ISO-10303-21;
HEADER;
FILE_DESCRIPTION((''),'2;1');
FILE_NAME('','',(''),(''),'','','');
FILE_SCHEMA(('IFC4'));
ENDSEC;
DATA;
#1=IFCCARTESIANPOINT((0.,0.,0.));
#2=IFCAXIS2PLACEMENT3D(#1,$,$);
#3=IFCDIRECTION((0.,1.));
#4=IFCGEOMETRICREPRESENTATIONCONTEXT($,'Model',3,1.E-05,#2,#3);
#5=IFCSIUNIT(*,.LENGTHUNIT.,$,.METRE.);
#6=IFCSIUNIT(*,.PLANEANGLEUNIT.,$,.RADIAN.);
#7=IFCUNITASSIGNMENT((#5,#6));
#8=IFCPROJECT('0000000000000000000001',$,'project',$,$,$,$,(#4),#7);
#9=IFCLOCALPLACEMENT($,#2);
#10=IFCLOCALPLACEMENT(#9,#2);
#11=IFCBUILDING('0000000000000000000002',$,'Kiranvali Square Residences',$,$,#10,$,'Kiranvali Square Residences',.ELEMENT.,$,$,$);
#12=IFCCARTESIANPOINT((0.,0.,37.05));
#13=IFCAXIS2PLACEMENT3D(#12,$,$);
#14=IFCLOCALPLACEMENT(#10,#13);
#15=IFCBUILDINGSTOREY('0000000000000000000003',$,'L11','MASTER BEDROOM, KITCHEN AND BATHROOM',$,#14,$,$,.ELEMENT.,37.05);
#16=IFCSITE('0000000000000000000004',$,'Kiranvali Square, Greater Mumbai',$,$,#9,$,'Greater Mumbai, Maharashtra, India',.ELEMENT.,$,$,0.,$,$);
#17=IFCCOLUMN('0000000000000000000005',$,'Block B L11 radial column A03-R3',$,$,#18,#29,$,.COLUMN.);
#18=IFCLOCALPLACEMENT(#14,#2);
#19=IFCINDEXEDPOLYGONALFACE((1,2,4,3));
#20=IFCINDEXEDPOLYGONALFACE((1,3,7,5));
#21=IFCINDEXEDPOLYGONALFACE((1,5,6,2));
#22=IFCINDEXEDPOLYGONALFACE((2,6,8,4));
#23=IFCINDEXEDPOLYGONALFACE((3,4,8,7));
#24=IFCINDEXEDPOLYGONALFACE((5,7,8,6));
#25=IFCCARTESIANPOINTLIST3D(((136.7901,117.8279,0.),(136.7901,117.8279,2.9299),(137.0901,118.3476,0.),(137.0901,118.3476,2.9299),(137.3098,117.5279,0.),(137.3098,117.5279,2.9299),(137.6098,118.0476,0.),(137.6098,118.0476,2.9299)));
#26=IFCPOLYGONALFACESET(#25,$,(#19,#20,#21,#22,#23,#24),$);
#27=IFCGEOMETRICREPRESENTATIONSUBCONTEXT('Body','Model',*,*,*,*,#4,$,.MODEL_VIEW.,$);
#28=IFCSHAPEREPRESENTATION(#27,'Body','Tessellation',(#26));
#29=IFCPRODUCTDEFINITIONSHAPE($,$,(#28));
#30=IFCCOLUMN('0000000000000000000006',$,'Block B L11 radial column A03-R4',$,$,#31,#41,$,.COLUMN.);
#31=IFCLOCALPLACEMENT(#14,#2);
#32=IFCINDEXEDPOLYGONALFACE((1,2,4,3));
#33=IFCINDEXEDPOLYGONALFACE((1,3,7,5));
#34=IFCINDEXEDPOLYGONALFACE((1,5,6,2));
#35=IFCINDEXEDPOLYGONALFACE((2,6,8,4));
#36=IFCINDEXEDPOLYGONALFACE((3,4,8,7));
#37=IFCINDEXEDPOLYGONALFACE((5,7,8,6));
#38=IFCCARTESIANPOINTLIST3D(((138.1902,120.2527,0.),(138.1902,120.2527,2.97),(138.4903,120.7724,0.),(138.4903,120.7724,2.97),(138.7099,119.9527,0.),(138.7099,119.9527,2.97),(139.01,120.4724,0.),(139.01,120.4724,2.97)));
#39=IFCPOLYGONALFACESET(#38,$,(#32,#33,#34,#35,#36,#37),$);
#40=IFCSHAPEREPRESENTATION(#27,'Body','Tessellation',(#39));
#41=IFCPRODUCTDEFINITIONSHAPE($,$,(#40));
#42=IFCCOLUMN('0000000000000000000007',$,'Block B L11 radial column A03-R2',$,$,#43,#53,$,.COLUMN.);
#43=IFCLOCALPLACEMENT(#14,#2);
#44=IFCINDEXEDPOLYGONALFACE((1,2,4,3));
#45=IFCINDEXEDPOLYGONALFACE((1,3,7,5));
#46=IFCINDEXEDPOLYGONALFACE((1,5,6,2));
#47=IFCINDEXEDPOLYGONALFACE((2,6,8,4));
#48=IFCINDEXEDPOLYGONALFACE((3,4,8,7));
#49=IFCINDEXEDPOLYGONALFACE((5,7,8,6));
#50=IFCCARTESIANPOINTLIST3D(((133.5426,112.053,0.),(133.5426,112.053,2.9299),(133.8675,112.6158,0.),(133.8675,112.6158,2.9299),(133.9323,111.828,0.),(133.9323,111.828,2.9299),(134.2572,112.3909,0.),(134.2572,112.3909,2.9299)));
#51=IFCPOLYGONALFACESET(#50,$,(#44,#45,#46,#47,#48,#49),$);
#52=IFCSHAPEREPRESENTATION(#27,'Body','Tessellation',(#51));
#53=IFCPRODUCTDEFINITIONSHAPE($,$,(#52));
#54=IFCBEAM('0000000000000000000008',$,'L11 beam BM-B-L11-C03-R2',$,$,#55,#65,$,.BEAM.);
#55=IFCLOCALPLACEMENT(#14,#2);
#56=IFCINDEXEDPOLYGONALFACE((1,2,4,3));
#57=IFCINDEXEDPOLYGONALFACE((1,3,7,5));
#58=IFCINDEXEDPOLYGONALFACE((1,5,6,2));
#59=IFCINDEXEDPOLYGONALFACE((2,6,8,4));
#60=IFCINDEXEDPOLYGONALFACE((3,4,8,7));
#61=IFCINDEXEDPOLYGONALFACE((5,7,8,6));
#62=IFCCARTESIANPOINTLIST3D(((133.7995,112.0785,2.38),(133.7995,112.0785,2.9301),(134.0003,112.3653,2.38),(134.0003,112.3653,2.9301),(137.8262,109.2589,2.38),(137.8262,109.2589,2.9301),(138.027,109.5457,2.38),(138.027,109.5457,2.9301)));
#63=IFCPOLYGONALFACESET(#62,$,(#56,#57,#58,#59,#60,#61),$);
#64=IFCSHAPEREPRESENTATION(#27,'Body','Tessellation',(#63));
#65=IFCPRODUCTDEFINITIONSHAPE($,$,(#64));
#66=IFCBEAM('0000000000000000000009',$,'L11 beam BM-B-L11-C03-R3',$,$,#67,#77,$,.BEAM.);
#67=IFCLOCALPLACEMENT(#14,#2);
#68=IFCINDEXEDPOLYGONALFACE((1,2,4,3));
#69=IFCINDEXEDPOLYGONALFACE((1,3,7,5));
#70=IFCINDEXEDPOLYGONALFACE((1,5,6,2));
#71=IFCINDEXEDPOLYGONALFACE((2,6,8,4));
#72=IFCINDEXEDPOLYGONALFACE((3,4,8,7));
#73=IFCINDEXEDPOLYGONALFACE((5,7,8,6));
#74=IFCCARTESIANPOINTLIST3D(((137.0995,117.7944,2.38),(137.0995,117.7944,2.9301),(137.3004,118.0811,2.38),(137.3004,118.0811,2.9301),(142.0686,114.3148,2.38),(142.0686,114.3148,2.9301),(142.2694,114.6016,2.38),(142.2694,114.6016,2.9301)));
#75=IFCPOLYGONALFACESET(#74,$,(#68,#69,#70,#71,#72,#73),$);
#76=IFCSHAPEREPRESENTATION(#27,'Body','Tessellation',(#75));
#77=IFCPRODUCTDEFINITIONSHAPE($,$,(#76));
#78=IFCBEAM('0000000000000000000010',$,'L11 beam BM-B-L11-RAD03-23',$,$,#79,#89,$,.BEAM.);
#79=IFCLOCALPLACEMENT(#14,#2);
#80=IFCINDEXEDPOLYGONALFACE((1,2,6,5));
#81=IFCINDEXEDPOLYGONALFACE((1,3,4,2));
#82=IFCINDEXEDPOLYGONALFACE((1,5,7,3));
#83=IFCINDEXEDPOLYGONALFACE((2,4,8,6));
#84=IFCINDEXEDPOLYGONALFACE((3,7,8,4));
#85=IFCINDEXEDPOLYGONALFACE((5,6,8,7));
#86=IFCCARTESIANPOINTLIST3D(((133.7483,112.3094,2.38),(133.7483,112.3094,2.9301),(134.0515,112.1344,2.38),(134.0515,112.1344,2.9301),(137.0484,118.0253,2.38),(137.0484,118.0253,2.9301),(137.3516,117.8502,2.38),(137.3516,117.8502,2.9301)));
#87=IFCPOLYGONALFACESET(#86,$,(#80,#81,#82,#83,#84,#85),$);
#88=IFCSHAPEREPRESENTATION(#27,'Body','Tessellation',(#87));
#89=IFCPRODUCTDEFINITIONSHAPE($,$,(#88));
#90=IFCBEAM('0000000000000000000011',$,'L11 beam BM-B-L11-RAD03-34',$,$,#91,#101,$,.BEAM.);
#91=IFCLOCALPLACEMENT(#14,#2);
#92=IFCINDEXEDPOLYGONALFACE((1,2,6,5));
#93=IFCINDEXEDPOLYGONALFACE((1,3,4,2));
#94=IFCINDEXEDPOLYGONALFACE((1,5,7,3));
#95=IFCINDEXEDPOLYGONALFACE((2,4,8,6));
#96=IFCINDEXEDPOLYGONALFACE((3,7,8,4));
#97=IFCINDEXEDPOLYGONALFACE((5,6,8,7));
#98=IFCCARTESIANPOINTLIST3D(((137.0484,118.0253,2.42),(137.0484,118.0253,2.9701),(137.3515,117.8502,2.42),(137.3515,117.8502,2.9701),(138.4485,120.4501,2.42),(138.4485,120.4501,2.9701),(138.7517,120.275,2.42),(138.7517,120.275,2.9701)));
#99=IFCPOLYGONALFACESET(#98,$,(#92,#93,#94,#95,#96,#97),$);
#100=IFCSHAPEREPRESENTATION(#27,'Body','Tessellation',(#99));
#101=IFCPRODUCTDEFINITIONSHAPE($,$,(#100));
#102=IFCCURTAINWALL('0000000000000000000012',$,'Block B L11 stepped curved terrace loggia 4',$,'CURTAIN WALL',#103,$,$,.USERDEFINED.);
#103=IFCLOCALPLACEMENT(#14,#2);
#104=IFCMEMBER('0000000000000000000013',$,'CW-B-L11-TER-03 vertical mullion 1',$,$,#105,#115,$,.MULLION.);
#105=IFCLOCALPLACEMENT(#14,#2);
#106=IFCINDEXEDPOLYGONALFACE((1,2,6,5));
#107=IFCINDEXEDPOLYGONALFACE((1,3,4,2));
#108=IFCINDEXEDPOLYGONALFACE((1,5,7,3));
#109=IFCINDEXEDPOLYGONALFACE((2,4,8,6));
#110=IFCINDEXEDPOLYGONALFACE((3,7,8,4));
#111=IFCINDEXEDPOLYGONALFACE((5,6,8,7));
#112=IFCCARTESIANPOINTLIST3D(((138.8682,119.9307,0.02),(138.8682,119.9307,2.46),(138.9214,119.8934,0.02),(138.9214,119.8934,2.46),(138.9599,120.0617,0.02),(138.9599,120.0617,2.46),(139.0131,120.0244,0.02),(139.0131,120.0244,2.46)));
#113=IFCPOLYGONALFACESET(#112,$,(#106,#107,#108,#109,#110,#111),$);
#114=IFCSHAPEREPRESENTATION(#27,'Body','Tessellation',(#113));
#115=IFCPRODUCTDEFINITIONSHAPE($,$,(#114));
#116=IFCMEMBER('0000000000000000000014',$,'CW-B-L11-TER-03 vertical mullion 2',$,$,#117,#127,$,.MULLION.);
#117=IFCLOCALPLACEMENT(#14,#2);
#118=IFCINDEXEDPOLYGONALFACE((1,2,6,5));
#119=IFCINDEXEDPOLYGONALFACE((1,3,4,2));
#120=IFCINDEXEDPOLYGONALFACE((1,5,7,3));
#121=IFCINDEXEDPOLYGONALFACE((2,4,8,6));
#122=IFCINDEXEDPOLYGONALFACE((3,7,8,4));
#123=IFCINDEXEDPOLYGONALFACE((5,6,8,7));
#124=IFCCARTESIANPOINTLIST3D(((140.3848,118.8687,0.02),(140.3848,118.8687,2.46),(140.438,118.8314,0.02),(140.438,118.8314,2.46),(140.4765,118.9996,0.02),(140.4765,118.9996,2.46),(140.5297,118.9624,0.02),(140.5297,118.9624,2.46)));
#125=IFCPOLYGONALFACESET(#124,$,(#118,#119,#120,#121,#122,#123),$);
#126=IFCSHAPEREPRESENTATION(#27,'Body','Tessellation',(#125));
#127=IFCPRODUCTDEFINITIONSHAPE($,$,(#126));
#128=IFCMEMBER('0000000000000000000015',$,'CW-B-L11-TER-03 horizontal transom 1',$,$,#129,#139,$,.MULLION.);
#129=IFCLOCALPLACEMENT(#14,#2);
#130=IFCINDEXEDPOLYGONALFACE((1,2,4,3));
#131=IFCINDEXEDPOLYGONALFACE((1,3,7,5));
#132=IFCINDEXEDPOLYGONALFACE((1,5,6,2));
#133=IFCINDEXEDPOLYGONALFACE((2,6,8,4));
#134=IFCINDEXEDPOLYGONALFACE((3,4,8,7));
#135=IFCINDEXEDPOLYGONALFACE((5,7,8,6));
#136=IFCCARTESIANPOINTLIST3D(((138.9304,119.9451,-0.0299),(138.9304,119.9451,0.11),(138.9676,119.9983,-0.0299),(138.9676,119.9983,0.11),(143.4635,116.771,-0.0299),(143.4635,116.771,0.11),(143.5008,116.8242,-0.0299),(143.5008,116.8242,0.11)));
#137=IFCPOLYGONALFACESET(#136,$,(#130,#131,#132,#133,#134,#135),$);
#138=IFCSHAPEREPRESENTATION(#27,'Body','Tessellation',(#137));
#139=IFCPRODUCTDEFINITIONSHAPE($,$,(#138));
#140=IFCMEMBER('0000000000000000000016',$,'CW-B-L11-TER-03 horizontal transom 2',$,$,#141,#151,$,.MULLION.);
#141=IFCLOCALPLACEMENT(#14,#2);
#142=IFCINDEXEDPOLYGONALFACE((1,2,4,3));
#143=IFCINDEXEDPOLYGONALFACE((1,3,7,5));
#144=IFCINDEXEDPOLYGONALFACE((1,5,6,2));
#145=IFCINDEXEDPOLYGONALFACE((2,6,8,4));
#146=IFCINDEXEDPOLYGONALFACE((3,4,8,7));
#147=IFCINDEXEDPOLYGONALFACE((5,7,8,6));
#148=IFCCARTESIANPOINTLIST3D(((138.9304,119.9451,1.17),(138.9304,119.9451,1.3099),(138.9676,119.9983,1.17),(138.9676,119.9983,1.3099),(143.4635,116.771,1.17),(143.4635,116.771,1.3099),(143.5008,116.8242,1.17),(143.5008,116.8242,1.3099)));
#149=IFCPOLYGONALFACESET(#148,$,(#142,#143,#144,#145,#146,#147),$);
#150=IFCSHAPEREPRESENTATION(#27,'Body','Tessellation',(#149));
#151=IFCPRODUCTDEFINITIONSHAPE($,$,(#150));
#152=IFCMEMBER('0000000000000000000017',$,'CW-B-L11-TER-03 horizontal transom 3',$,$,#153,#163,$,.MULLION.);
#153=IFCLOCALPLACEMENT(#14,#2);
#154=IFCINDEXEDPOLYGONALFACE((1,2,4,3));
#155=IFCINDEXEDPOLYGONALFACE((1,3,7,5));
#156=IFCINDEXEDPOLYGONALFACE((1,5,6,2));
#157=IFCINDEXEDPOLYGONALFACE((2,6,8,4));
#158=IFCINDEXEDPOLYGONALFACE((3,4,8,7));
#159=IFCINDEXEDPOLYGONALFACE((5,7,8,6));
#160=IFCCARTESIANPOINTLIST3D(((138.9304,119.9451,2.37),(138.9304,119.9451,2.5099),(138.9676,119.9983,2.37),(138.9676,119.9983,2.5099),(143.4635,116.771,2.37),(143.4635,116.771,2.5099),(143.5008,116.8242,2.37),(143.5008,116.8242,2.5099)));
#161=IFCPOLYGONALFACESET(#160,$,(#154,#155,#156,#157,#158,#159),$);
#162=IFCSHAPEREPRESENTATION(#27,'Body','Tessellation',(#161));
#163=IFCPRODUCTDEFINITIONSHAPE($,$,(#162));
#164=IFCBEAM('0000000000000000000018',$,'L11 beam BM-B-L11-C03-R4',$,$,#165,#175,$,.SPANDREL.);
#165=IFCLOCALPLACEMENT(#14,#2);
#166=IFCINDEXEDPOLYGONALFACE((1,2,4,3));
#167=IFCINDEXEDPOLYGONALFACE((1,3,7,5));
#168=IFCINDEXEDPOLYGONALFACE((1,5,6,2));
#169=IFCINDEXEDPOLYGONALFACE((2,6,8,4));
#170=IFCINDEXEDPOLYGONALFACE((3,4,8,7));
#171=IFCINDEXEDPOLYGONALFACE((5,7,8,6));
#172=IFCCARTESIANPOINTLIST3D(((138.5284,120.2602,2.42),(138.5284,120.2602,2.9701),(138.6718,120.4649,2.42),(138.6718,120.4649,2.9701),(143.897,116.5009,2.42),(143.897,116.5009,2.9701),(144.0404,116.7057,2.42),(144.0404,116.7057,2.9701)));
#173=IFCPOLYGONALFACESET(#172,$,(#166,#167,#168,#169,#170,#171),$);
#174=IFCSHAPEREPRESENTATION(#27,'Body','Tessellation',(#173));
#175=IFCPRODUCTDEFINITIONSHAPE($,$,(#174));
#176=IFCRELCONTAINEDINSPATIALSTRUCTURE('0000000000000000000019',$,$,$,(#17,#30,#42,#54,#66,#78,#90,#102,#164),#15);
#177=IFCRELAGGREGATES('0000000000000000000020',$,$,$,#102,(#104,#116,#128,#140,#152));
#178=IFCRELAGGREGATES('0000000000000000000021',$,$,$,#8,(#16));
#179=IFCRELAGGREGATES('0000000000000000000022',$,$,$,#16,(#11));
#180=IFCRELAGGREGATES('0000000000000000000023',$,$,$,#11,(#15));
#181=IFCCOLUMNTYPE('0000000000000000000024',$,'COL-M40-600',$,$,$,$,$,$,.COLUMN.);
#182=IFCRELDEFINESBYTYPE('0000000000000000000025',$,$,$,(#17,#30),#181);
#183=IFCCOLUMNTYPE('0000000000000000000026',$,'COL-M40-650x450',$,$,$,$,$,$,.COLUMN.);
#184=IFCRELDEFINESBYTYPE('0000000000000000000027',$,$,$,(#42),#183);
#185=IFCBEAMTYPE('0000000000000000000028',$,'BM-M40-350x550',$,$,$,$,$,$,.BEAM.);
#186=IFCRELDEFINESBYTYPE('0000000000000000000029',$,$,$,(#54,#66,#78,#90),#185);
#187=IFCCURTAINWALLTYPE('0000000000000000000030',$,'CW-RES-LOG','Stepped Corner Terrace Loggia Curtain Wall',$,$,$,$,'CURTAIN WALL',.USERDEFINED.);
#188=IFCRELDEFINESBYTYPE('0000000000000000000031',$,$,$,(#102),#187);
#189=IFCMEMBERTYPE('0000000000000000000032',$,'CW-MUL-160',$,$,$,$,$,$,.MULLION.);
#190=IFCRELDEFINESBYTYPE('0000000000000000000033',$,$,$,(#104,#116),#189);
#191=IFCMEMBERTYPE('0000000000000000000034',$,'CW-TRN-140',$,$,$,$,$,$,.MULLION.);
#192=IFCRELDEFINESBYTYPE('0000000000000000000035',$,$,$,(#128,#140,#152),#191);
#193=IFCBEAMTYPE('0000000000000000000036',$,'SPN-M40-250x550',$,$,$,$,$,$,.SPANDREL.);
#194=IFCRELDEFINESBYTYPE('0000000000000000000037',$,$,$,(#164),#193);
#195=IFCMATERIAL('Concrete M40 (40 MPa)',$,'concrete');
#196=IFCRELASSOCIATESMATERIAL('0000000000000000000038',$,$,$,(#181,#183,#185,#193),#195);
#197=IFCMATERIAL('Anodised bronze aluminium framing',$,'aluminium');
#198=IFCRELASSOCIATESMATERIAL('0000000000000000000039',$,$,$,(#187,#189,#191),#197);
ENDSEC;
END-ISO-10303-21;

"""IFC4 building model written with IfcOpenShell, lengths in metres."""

from ifc_helpers import new_model, si_unit, direction, frame, origin, origin_2d, place, context, subcontext, project, spatial, rectangle, extrude, material, material_profile, profile_set, type_object, element, aggregate, save


model = new_model("IFC4")

# Units and contexts
model_context = context("Model", 3, precision=1e-05, world=origin(), true_north=direction((0.0, 1.0)))
body_context = subcontext(model_context, "Body", "Model", "MODEL_VIEW")
ifc_project = project(units=[si_unit("LENGTHUNIT", "METRE"), si_unit("PLANEANGLEUNIT", "RADIAN")], contexts=[model_context])

# Site, building, storey
site_placement = place(None, origin())
site = spatial("IfcSite", under=ifc_project, at=site_placement, Name="Kiranvali Square, Greater Mumbai", LongName="Greater Mumbai, Maharashtra, India", CompositionType="ELEMENT", RefElevation=0.0)
building_placement = place(site_placement, origin())
building = spatial("IfcBuilding", under=site, at=building_placement, Name="Kiranvali Square Residences", LongName="Kiranvali Square Residences", CompositionType="ELEMENT")
storey_placement = place(building_placement, frame((0.0, 0.0, 37.05)))
storey = spatial("IfcBuildingStorey", under=building, at=storey_placement, Name="L11", Description="MASTER BEDROOM, KITCHEN AND BATHROOM", CompositionType="ELEMENT", Elevation=37.05)

# Columns
ifc_material_1 = material(Name="Concrete M40 (40 MPa)", Category="concrete")
ifc_material_profile_1 = material_profile(ifc_material_1, rectangle(XDim=0.6001, YDim=0.6001, at=origin_2d()), Name="RC 600x600")
ifc_profile_set_1 = profile_set([ifc_material_profile_1], Name="Concrete M40 (40 MPa)")
column_type_1 = type_object("IfcColumnType", Name="COL-M40-600", PredefinedType="COLUMN", material=ifc_profile_set_1)
column_1_placement = place(storey_placement, frame((137.2, 117.9377, 0.0), z_axis=(0.0, 0.0, 1.0), x_axis=(-0.866025, 0.5, 0.0)))
element("IfcColumn", 1, at=column_1_placement, inside=storey, type_object=column_type_1, Name="Block B L11 radial column A03-R3", PredefinedType="COLUMN", context=body_context, shape_type="SweptSolid", body=[
    extrude(rectangle(XDim=0.6001, YDim=0.6001, at=origin_2d()), origin(), (0.0, 0.0, 1.0), 2.9299),
])
column_2_placement = place(storey_placement, frame((138.6001, 120.3625, 0.0), z_axis=(0.0, 0.0, 1.0), x_axis=(-0.866025, 0.5, 0.0)))
element("IfcColumn", 2, at=column_2_placement, inside=storey, type_object=column_type_1, Name="Block B L11 radial column A03-R4", PredefinedType="COLUMN", context=body_context, shape_type="SweptSolid", body=[
    extrude(rectangle(XDim=0.6001, YDim=0.6001, at=origin_2d()), origin(), (0.0, 0.0, 1.0), 2.97),
])
ifc_material_profile_2 = material_profile(ifc_material_1, rectangle(XDim=0.45, YDim=0.6499, at=origin_2d()), Name="RC 650x450")
ifc_profile_set_2 = profile_set([ifc_material_profile_2], Name="Concrete M40 (40 MPa)")
column_type_2 = type_object("IfcColumnType", Name="COL-M40-650x450", PredefinedType="COLUMN", material=ifc_profile_set_2)
column_3_placement = place(storey_placement, frame((133.8999, 112.2219, 0.0), z_axis=(0.0, 0.0, 1.0), x_axis=(-0.866025, 0.5, 0.0)))
element("IfcColumn", 3, at=column_3_placement, inside=storey, type_object=column_type_2, Name="Block B L11 radial column A03-R2", PredefinedType="COLUMN", context=body_context, shape_type="SweptSolid", body=[
    extrude(rectangle(XDim=0.45, YDim=0.6499, at=origin_2d()), origin(), (0.0, 0.0, 1.0), 2.9299),
])

# Beams
ifc_material_profile_3 = material_profile(ifc_material_1, rectangle(XDim=0.3501, YDim=0.55, at=origin_2d()), Name="RC 350x550")
ifc_profile_set_3 = profile_set([ifc_material_profile_3], Name="Concrete M40 (40 MPa)")
beam_type_1 = type_object("IfcBeamType", Name="BM-M40-350x550", PredefinedType="BEAM", material=ifc_profile_set_3)
beam_1_placement = place(storey_placement, frame((133.8999, 112.2219, 2.655), z_axis=(0.819141, -0.573592, 0.0), x_axis=(0.573592, 0.819141, 0.0)))
element("IfcBeam", 4, at=beam_1_placement, inside=storey, type_object=beam_type_1, Name="L11 beam BM-B-L11-C03-R2", PredefinedType="BEAM", context=body_context, shape_type="SweptSolid", body=[
    extrude(rectangle(XDim=0.3501, YDim=0.55, at=origin_2d()), origin(), (0.0, 0.0, 1.0), 4.9158),
])
beam_2_placement = place(storey_placement, frame((137.2, 117.9377, 2.655), z_axis=(0.819139, -0.573595, 0.0), x_axis=(0.573595, 0.819139, 0.0)))
element("IfcBeam", 5, at=beam_2_placement, inside=storey, type_object=beam_type_1, Name="L11 beam BM-B-L11-C03-R3", PredefinedType="BEAM", context=body_context, shape_type="SweptSolid", body=[
    extrude(rectangle(XDim=0.3501, YDim=0.55, at=origin_2d()), origin(), (0.0, 0.0, 1.0), 6.0662),
])
beam_3_placement = place(storey_placement, frame((133.8999, 112.2219, 2.655), z_axis=(0.500002, 0.866024, 0.0), x_axis=(-0.866024, 0.500002, 0.0)))
element("IfcBeam", 6, at=beam_3_placement, inside=storey, type_object=beam_type_1, Name="L11 beam BM-B-L11-RAD03-23", PredefinedType="BEAM", context=body_context, shape_type="SweptSolid", body=[
    extrude(rectangle(XDim=0.3501, YDim=0.55, at=origin_2d()), origin(), (0.0, 0.0, 1.0), 6.6001),
])
beam_4_placement = place(storey_placement, frame((137.2, 117.9377, 2.6951), z_axis=(0.50005, 0.865997, 0.0), x_axis=(-0.865997, 0.50005, 0.0)))
element("IfcBeam", 7, at=beam_4_placement, inside=storey, type_object=beam_type_1, Name="L11 beam BM-B-L11-RAD03-34", PredefinedType="BEAM", context=body_context, shape_type="SweptSolid", body=[
    extrude(rectangle(XDim=0.3501, YDim=0.55, at=origin_2d()), origin(), (0.0, 0.0, 1.0), 2.8),
])

# Curtain wall, members
ifc_material_2 = material(Name="Anodised bronze aluminium framing", Category="aluminium")
curtain_wall_type = type_object("IfcCurtainWallType", Name="CW-RES-LOG", Description="Stepped Corner Terrace Loggia Curtain Wall", ElementType="CURTAIN WALL", PredefinedType="USERDEFINED", material=ifc_material_2)
curtain_wall_placement = place(storey_placement, origin())
curtain_wall = element("IfcCurtainWall", 8, at=curtain_wall_placement, inside=storey, type_object=curtain_wall_type, Name="Block B L11 stepped curved terrace loggia 4", ObjectType="CURTAIN WALL", PredefinedType="USERDEFINED")
ifc_material_profile_4 = material_profile(ifc_material_2, rectangle(XDim=0.0649, YDim=0.1599, at=origin_2d()), Name="ALU 65x160")
ifc_profile_set_4 = profile_set([ifc_material_profile_4], Name="Anodised bronze aluminium framing")
member_type_1 = type_object("IfcMemberType", Name="CW-MUL-160", PredefinedType="MULLION", material=ifc_profile_set_4)
member_1_placement = place(storey_placement, frame((138.9407, 119.9775, 0.02), z_axis=(0.0, 0.0, 1.0), x_axis=(0.819152, -0.573576, 0.0)))
member_1 = element("IfcMember", 9, at=member_1_placement, type_object=member_type_1, Name="CW-B-L11-TER-03 vertical mullion 1", PredefinedType="MULLION", context=body_context, shape_type="SweptSolid", body=[
    extrude(rectangle(XDim=0.0649, YDim=0.1599, at=origin_2d()), origin(), (0.0, 0.0, 1.0), 2.4399),
])
member_2_placement = place(storey_placement, frame((140.4573, 118.9155, 0.02), z_axis=(0.0, 0.0, 1.0), x_axis=(0.819152, -0.573576, 0.0)))
member_2 = element("IfcMember", 10, at=member_2_placement, type_object=member_type_1, Name="CW-B-L11-TER-03 vertical mullion 2", PredefinedType="MULLION", context=body_context, shape_type="SweptSolid", body=[
    extrude(rectangle(XDim=0.0649, YDim=0.1599, at=origin_2d()), origin(), (0.0, 0.0, 1.0), 2.4399),
])
ifc_material_profile_5 = material_profile(ifc_material_2, rectangle(XDim=0.0649, YDim=0.1399, at=origin_2d()), Name="ALU 65x140")
ifc_profile_set_5 = profile_set([ifc_material_profile_5], Name="Anodised bronze aluminium framing")
member_type_2 = type_object("IfcMemberType", Name="CW-TRN-140", PredefinedType="MULLION", material=ifc_profile_set_5)
member_3_placement = place(storey_placement, frame((138.949, 119.9717, 0.04), z_axis=(0.819161, -0.573563, 0.0), x_axis=(0.573563, 0.819161, 0.0)))
member_3 = element("IfcMember", 11, at=member_3_placement, type_object=member_type_2, Name="CW-B-L11-TER-03 horizontal transom 1", PredefinedType="MULLION", context=body_context, shape_type="SweptSolid", body=[
    extrude(rectangle(XDim=0.0649, YDim=0.1399, at=origin_2d()), origin(), (0.0, 0.0, 1.0), 5.5339),
])
member_4_placement = place(storey_placement, frame((138.949, 119.9717, 1.24), z_axis=(0.819161, -0.573563, 0.0), x_axis=(0.573563, 0.819161, 0.0)))
member_4 = element("IfcMember", 12, at=member_4_placement, type_object=member_type_2, Name="CW-B-L11-TER-03 horizontal transom 2", PredefinedType="MULLION", context=body_context, shape_type="SweptSolid", body=[
    extrude(rectangle(XDim=0.0649, YDim=0.1399, at=origin_2d()), origin(), (0.0, 0.0, 1.0), 5.5339),
])
member_5_placement = place(storey_placement, frame((138.949, 119.9717, 2.4399), z_axis=(0.819161, -0.573563, 0.0), x_axis=(0.573563, 0.819161, 0.0)))
member_5 = element("IfcMember", 13, at=member_5_placement, type_object=member_type_2, Name="CW-B-L11-TER-03 horizontal transom 3", PredefinedType="MULLION", context=body_context, shape_type="SweptSolid", body=[
    extrude(rectangle(XDim=0.0649, YDim=0.1399, at=origin_2d()), origin(), (0.0, 0.0, 1.0), 5.5339),
])

# Beam
ifc_material_profile_6 = material_profile(ifc_material_1, rectangle(XDim=0.25, YDim=0.55, at=origin_2d()), Name="RC 250x550")
ifc_profile_set_6 = profile_set([ifc_material_profile_6], Name="Concrete M40 (40 MPa)")
beam_type_2 = type_object("IfcBeamType", Name="SPN-M40-250x550", PredefinedType="SPANDREL", material=ifc_profile_set_6)
beam_5_placement = place(storey_placement, frame((138.6001, 120.3625, 2.6951), z_axis=(0.819144, -0.573587, 0.0), x_axis=(0.573587, 0.819144, 0.0)))
element("IfcBeam", 14, at=beam_5_placement, inside=storey, type_object=beam_type_2, Name="L11 beam BM-B-L11-C03-R4", PredefinedType="SPANDREL", context=body_context, shape_type="SweptSolid", body=[
    extrude(rectangle(XDim=0.25, YDim=0.55, at=origin_2d()), origin(), (0.0, 0.0, 1.0), 6.554),
])

aggregate(curtain_wall, [member_1, member_2, member_3, member_4, member_5])

save(model, "model.ifc")
